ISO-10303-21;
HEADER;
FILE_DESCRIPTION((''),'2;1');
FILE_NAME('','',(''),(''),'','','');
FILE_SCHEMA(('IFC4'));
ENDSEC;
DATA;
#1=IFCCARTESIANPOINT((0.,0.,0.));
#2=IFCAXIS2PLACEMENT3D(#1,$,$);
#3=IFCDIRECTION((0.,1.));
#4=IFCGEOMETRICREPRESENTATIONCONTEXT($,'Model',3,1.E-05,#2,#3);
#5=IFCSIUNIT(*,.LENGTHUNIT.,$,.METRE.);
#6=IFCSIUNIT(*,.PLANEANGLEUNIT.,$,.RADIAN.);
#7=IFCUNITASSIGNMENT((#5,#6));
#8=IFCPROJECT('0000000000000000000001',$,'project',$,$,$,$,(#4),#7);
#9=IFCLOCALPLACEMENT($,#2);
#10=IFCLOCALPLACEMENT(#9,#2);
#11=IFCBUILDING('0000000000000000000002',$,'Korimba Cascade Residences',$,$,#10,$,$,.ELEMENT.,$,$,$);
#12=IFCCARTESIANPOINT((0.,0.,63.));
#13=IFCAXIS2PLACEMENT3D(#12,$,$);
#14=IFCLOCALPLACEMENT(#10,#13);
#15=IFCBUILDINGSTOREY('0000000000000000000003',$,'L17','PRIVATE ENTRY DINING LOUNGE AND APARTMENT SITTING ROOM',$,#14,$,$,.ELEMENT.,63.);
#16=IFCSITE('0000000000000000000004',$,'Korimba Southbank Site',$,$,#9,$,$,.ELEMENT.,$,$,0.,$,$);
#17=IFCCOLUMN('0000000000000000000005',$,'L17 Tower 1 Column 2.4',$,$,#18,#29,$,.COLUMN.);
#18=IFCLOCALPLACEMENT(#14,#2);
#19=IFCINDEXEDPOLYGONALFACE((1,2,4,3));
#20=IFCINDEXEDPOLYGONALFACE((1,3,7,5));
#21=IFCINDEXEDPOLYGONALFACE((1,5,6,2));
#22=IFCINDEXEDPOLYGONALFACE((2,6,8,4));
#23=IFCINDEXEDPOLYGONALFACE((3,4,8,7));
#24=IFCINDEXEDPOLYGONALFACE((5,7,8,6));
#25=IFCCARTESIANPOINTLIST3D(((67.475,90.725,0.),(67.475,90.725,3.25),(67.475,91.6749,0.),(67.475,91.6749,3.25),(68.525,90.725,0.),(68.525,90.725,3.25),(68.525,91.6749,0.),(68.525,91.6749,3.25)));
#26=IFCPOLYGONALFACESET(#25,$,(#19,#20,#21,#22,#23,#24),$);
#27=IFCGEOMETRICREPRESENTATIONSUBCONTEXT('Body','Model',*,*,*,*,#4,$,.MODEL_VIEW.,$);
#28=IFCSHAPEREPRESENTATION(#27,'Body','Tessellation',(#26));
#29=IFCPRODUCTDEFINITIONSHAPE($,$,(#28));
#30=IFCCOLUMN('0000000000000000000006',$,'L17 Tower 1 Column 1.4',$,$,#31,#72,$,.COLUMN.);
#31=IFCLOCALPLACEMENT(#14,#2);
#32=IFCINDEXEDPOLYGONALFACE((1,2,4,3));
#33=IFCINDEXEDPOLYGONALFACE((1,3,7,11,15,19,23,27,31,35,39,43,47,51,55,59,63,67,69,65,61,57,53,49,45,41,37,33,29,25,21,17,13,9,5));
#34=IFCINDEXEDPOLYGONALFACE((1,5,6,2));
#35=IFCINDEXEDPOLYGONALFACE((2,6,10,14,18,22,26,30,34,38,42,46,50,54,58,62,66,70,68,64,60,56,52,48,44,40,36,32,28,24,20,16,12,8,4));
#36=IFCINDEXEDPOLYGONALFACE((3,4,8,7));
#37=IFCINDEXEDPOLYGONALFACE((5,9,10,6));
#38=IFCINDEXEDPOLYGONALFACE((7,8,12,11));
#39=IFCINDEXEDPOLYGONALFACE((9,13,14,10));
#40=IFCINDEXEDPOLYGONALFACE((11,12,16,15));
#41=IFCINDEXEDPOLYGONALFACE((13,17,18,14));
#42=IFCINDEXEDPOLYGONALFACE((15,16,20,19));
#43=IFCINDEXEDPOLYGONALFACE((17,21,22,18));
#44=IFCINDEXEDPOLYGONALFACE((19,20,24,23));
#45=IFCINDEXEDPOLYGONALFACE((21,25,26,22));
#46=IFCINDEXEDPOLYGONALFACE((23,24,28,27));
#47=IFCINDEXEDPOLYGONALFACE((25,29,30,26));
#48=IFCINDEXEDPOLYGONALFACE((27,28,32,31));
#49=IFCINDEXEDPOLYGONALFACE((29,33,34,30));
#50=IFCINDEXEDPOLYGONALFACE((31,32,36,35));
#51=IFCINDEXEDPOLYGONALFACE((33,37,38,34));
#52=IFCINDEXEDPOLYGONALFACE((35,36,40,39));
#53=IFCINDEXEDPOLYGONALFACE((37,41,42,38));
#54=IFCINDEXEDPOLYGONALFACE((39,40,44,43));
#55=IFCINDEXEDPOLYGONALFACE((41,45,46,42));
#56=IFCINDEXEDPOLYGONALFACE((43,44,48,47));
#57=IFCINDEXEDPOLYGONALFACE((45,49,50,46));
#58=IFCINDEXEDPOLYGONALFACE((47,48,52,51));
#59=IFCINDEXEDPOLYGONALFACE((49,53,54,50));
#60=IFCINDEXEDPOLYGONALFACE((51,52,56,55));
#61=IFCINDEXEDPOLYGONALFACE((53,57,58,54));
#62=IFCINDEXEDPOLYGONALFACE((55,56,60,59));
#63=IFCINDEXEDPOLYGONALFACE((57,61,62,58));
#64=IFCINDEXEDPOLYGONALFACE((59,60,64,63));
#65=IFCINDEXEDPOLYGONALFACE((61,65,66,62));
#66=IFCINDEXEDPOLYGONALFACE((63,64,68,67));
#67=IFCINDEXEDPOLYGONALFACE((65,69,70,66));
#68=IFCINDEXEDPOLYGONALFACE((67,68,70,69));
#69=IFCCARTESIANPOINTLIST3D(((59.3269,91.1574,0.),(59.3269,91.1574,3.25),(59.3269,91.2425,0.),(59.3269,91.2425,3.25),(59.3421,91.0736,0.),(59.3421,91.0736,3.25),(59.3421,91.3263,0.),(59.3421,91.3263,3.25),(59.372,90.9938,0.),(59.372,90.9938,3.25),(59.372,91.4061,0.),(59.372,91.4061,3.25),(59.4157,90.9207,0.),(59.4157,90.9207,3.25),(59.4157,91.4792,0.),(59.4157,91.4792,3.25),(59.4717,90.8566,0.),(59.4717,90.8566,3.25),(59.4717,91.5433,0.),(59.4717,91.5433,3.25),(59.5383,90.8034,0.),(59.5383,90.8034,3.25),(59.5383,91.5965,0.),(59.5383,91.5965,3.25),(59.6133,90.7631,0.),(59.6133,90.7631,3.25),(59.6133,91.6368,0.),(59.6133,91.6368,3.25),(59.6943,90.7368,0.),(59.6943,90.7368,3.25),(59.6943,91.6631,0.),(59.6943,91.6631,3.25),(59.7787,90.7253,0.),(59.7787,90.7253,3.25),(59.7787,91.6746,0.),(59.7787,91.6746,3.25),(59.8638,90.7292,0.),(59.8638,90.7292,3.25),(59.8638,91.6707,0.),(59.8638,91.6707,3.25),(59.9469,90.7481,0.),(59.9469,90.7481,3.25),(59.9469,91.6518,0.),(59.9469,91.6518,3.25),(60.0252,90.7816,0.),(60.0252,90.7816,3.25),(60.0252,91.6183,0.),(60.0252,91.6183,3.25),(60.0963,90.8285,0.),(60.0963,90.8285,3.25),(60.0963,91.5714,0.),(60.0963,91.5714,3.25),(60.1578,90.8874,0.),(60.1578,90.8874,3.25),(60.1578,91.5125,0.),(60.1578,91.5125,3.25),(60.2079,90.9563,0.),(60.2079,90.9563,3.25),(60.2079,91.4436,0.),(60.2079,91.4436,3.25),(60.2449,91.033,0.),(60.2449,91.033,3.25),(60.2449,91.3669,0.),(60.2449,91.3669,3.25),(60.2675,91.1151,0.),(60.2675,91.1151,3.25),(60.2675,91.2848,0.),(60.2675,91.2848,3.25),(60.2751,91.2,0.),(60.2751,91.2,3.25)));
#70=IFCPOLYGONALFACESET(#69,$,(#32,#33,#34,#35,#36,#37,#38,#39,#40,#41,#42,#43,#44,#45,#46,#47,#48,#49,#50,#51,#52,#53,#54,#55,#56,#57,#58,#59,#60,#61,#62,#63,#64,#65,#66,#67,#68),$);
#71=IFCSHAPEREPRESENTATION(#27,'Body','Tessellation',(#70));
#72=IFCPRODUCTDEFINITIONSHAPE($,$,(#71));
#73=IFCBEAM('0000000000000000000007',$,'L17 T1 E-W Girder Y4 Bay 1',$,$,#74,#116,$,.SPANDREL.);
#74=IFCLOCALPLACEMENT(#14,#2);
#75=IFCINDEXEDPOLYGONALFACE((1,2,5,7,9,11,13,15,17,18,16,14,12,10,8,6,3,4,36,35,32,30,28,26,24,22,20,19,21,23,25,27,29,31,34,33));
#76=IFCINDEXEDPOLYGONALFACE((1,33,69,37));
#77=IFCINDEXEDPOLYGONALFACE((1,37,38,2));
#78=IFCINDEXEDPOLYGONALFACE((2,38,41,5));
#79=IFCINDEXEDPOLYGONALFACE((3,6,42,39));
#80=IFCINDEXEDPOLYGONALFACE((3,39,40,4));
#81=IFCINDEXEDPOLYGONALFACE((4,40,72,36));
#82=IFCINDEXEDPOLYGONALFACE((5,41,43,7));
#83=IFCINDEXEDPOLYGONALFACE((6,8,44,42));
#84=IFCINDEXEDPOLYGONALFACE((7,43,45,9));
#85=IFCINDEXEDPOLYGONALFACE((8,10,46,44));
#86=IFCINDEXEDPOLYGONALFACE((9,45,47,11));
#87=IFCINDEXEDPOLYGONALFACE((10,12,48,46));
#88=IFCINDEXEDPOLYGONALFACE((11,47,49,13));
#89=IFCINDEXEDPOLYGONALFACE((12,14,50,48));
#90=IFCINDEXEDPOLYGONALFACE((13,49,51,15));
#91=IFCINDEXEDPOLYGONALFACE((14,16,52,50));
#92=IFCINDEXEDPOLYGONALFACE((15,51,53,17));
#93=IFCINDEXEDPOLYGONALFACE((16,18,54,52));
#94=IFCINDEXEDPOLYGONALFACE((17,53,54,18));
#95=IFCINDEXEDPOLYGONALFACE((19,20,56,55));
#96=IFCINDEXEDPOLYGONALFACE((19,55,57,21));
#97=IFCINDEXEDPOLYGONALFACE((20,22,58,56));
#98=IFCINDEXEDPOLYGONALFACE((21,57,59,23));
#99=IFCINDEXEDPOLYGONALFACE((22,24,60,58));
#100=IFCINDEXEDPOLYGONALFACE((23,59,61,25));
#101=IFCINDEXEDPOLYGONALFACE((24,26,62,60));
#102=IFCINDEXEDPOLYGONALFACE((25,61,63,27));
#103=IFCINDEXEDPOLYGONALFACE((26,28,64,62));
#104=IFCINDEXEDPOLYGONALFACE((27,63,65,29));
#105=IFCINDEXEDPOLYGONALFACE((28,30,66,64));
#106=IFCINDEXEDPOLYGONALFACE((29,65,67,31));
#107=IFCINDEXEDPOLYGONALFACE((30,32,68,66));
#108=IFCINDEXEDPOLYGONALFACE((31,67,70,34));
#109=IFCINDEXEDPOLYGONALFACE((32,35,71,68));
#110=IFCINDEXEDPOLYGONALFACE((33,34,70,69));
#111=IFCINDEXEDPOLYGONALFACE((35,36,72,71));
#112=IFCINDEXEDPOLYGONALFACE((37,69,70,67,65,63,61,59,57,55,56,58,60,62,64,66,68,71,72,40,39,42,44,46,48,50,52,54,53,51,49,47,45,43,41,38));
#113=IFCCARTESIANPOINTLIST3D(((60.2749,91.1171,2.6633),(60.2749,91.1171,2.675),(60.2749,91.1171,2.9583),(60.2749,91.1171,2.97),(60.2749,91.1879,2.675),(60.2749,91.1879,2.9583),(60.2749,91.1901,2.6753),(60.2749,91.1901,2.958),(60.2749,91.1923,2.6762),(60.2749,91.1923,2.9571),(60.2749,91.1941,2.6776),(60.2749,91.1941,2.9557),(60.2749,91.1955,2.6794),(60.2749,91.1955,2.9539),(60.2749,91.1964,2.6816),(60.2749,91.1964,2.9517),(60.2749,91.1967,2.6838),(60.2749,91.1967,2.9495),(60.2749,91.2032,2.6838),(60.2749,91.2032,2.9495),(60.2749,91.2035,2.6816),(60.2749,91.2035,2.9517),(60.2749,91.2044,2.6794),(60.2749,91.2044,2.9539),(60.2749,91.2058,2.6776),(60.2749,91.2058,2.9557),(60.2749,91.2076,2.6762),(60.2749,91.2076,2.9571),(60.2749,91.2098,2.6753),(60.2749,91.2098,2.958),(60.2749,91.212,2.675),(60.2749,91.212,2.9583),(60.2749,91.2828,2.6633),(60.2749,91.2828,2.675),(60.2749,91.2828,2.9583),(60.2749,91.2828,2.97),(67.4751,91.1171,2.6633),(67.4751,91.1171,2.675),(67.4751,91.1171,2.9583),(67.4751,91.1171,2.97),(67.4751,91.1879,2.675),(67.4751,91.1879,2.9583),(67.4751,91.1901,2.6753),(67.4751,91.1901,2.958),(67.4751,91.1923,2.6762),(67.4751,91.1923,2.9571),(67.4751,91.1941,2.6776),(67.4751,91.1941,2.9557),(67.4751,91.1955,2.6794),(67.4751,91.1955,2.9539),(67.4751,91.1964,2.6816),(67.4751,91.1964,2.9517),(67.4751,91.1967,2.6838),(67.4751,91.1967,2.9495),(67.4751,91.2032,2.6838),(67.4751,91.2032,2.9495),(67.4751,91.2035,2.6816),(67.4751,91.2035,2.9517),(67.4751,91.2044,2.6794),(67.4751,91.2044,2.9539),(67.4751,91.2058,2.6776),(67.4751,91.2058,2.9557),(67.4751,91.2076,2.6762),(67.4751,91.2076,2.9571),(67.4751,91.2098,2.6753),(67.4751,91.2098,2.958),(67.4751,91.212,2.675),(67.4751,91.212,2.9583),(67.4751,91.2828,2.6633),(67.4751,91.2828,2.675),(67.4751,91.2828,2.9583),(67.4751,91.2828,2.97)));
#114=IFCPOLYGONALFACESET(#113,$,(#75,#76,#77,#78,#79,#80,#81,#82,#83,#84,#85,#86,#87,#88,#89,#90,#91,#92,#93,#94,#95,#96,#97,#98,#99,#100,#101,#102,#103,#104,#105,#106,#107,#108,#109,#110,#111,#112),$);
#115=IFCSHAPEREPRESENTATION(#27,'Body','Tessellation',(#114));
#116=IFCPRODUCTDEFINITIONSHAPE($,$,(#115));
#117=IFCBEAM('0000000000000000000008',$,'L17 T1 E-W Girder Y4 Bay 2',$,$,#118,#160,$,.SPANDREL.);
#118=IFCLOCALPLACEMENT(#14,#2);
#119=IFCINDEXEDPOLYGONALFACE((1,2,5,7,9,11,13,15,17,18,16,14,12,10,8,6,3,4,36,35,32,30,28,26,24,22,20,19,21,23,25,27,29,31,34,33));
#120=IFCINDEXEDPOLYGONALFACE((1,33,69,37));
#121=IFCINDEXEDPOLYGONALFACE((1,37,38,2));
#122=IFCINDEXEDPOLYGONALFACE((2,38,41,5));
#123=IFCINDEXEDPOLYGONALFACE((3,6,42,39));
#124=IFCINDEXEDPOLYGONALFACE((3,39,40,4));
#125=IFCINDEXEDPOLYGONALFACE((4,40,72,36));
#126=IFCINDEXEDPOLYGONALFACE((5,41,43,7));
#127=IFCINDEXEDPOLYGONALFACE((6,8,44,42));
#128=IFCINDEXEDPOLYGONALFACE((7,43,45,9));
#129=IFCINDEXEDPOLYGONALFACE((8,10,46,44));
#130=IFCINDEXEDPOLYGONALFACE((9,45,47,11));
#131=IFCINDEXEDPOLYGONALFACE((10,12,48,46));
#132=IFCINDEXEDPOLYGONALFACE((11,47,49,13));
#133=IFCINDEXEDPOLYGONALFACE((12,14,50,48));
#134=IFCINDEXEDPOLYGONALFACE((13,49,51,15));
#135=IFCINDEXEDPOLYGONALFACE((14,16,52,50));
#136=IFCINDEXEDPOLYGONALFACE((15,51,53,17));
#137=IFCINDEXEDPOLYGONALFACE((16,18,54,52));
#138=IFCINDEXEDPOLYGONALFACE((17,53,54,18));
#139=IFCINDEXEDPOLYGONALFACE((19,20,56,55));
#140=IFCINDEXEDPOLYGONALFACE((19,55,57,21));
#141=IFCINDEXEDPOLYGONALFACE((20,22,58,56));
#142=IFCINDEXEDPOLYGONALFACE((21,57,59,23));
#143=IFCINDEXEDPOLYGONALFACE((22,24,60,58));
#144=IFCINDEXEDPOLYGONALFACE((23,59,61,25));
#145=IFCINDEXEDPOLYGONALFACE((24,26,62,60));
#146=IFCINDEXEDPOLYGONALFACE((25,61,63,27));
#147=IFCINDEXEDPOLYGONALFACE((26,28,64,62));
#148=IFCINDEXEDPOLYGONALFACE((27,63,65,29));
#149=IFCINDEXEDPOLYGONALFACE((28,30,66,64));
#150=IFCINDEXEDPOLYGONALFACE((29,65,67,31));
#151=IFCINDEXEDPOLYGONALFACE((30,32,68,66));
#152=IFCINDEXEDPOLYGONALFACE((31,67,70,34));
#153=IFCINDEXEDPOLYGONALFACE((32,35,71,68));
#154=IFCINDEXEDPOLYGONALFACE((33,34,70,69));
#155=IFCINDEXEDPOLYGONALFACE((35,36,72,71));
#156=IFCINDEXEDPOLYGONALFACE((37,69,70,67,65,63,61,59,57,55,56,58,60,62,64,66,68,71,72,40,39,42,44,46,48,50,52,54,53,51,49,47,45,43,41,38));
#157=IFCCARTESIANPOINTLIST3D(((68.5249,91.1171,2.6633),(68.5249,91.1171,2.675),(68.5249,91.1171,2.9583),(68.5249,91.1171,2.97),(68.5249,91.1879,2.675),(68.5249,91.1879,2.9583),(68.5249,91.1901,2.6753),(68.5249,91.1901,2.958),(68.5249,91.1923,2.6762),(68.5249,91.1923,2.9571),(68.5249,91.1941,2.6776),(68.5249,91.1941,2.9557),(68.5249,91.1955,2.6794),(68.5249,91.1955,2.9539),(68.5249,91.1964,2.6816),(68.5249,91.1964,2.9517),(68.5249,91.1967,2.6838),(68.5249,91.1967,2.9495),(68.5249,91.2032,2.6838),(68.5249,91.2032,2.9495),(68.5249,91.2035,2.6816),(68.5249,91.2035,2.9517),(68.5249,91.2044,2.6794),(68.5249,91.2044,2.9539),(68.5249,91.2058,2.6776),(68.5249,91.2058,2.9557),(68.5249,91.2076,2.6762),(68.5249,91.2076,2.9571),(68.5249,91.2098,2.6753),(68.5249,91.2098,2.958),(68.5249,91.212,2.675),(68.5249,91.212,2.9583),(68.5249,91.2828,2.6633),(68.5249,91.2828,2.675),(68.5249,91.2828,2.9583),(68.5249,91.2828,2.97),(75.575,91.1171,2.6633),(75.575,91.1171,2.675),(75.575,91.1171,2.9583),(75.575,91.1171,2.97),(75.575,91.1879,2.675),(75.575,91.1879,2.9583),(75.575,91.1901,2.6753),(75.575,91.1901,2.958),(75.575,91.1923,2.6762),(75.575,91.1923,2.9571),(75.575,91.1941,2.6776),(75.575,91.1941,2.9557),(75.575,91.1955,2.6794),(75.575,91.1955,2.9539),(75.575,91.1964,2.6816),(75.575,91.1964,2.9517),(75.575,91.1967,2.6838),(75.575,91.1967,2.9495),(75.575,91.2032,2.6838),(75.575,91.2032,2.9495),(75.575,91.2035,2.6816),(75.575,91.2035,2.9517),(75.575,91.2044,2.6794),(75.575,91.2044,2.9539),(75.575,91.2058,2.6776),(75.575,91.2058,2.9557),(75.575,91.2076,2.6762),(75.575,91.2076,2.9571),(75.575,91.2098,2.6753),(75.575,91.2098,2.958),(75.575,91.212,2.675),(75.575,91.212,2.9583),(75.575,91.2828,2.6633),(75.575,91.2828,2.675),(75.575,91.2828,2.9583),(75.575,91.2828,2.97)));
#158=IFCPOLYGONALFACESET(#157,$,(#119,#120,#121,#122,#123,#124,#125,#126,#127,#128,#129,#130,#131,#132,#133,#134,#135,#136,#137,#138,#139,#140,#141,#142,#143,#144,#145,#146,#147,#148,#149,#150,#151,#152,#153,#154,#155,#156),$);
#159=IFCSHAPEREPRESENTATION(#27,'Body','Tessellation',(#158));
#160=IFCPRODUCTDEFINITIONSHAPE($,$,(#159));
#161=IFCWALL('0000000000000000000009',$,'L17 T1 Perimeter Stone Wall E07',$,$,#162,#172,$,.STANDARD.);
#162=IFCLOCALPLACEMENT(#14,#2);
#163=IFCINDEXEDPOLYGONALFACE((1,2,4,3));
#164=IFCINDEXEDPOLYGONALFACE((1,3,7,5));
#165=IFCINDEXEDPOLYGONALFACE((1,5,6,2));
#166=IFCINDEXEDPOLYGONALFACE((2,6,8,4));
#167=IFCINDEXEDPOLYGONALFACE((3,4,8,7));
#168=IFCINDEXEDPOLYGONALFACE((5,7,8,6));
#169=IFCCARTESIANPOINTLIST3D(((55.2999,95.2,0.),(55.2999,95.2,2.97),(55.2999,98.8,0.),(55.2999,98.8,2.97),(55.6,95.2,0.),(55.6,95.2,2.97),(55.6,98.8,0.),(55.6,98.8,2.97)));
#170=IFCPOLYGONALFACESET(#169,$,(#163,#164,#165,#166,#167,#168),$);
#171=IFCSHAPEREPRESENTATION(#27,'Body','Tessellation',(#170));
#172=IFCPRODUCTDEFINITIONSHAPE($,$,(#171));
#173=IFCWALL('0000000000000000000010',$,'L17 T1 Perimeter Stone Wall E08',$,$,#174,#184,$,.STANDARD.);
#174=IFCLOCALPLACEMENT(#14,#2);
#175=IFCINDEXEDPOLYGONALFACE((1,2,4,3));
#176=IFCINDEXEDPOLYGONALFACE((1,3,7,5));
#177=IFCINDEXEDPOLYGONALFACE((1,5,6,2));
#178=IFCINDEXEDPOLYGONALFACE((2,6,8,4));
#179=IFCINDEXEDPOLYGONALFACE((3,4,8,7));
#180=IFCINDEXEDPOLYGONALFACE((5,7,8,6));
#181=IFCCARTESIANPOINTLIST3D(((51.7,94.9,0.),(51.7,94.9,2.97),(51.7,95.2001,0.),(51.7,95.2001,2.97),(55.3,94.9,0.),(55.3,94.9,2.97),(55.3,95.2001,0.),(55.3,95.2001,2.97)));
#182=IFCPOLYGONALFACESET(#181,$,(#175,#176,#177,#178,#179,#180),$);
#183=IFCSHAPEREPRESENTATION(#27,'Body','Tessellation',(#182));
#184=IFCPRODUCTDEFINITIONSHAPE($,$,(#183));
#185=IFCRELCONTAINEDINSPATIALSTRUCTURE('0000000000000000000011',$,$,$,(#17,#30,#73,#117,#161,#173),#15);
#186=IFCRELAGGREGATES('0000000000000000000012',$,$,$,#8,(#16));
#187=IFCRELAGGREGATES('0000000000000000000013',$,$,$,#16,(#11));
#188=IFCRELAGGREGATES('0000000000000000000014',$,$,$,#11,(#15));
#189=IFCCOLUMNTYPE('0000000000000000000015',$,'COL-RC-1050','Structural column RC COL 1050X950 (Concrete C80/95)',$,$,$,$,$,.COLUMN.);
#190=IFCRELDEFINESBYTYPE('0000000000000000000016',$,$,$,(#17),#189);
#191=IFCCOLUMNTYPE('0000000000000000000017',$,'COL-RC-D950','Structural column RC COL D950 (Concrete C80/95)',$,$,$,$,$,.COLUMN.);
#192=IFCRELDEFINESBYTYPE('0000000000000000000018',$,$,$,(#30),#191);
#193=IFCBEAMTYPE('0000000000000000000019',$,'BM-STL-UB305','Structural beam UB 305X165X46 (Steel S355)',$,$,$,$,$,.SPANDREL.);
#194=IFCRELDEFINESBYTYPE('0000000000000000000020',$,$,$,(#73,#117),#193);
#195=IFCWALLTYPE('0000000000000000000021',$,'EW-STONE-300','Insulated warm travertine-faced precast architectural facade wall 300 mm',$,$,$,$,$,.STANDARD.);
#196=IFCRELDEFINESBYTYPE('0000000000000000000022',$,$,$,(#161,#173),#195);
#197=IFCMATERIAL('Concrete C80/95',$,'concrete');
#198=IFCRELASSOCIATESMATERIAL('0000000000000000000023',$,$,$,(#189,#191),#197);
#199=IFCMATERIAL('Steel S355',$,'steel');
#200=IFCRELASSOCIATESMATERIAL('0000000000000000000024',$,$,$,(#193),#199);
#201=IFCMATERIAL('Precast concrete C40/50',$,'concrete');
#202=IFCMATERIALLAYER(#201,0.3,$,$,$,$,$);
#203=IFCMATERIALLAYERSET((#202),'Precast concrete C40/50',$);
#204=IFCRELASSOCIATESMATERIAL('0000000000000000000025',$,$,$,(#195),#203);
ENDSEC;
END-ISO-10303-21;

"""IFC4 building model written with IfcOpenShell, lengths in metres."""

from ifc_helpers import new_model, si_unit, direction, frame, frame_2d, origin, origin_2d, place, context, subcontext, project, spatial, rectangle, circle, i_section, extrude, material, layer, layer_set, material_profile, profile_set, type_object, element, save


model = new_model("IFC4")

# Units and contexts
model_context = context("Model", 3, precision=1e-05, world=origin(), true_north=direction((0.0, 1.0)))
body_context = subcontext(model_context, "Body", "Model", "MODEL_VIEW")
ifc_project = project(units=[si_unit("LENGTHUNIT", "METRE"), si_unit("PLANEANGLEUNIT", "RADIAN")], contexts=[model_context])

# Site, building, storey
site_placement = place(None, origin())
site = spatial("IfcSite", under=ifc_project, at=site_placement, Name="Korimba Southbank Site", CompositionType="ELEMENT", RefElevation=0.0)
building_placement = place(site_placement, origin())
building = spatial("IfcBuilding", under=site, at=building_placement, Name="Korimba Cascade Residences", CompositionType="ELEMENT")
storey_placement = place(building_placement, frame((0.0, 0.0, 63.0)))
storey = spatial("IfcBuildingStorey", under=building, at=storey_placement, Name="L17", Description="PRIVATE ENTRY DINING LOUNGE AND APARTMENT SITTING ROOM", CompositionType="ELEMENT", Elevation=63.0)

# Columns
ifc_material_1 = material(Name="Concrete C80/95", Category="concrete")
ifc_material_profile_1 = material_profile(ifc_material_1, rectangle(XDim=1.05, YDim=0.95, at=origin_2d()), Name="Concrete C80/95")
ifc_profile_set_1 = profile_set([ifc_material_profile_1], Name="Concrete C80/95")
column_type_1 = type_object("IfcColumnType", Name="COL-RC-1050", Description="Structural column RC COL 1050X950 (Concrete C80/95)", PredefinedType="COLUMN", material=ifc_profile_set_1)
column_1_placement = place(storey_placement, frame((68.0, 91.2, 0.0), z_axis=(0.0, 0.0, 1.0), x_axis=(1.0, 0.0, 0.0)))
element("IfcColumn", 1, at=column_1_placement, inside=storey, type_object=column_type_1, Name="L17 Tower 1 Column 2.4", PredefinedType="COLUMN", context=body_context, shape_type="SweptSolid", body=[
    extrude(rectangle(XDim=1.05, YDim=0.95, at=origin_2d()), origin(), (0.0, 0.0, 1.0), 3.25),
])
ifc_material_profile_2 = material_profile(ifc_material_1, circle(Radius=0.4751, at=origin_2d()), Name="Concrete C80/95")
ifc_profile_set_2 = profile_set([ifc_material_profile_2], Name="Concrete C80/95")
column_type_2 = type_object("IfcColumnType", Name="COL-RC-D950", Description="Structural column RC COL D950 (Concrete C80/95)", PredefinedType="COLUMN", material=ifc_profile_set_2)
column_2_placement = place(storey_placement, frame((59.8, 91.2, 0.0), z_axis=(0.0, 0.0, 1.0), x_axis=(1.0, 0.0, 0.0)))
element("IfcColumn", 2, at=column_2_placement, inside=storey, type_object=column_type_2, Name="L17 Tower 1 Column 1.4", PredefinedType="COLUMN", context=body_context, shape_type="SweptSolid", body=[
    extrude(circle(Radius=0.4751, at=origin_2d()), origin(), (0.0, 0.0, 1.0), 3.25),
])

# Beams
ifc_material_2 = material(Name="Steel S355", Category="steel")
ifc_material_profile_3 = material_profile(ifc_material_2, i_section(OverallWidth=0.1658, OverallDepth=0.3066, WebThickness=0.0066, FlangeThickness=0.0117, FilletRadius=0.0088, at=origin_2d()), Name="Steel S355")
ifc_profile_set_3 = profile_set([ifc_material_profile_3], Name="Steel S355")
beam_type = type_object("IfcBeamType", Name="BM-STL-UB305", Description="Structural beam UB 305X165X46 (Steel S355)", PredefinedType="SPANDREL", material=ifc_profile_set_3)
beam_1_placement = place(storey_placement, frame((60.2749, 91.2, 2.8167), z_axis=(1.0, 0.0, 0.0), x_axis=(0.0, 1.0, 0.0)))
element("IfcBeam", 3, at=beam_1_placement, inside=storey, type_object=beam_type, Name="L17 T1 E-W Girder Y4 Bay 1", PredefinedType="SPANDREL", context=body_context, shape_type="SweptSolid", body=[
    extrude(i_section(OverallWidth=0.1658, OverallDepth=0.3066, WebThickness=0.0066, FlangeThickness=0.0117, FilletRadius=0.0088, at=origin_2d()), origin(), (0.0, 0.0, 1.0), 7.2002),
])
beam_2_placement = place(storey_placement, frame((68.5249, 91.2, 2.8167), z_axis=(1.0, 0.0, 0.0), x_axis=(0.0, 1.0, 0.0)))
element("IfcBeam", 4, at=beam_2_placement, inside=storey, type_object=beam_type, Name="L17 T1 E-W Girder Y4 Bay 2", PredefinedType="SPANDREL", context=body_context, shape_type="SweptSolid", body=[
    extrude(i_section(OverallWidth=0.1658, OverallDepth=0.3066, WebThickness=0.0066, FlangeThickness=0.0117, FilletRadius=0.0088, at=origin_2d()), origin(), (0.0, 0.0, 1.0), 7.05),
])

# Walls
ifc_material_3 = material(Name="Precast concrete C40/50", Category="concrete")
ifc_layer_1 = layer(ifc_material_3, 0.3)
ifc_layer_set_1 = layer_set([ifc_layer_1], Name="Precast concrete C40/50")
wall_type_1 = type_object("IfcWallType", Name="EW-STONE-300", Description="Insulated warm travertine-faced precast architectural facade wall 300 mm", PredefinedType="STANDARD", material=ifc_layer_set_1)
for number, where, z_axis, x_axis, name in (
    (5, (55.45, 98.8, 0.0), (0.0, 0.0, 1.0), (0.0, -1.0, 0.0), "L17 T1 Perimeter Stone Wall E07"),
    (6, (55.3, 95.05, 0.0), (0.0, 0.0, 1.0), (-1.0, 0.0, 0.0), "L17 T1 Perimeter Stone Wall E08"),
):
    element("IfcWall", number, at=place(storey_placement, frame(where, z_axis=z_axis, x_axis=x_axis)), inside=storey, type_object=wall_type_1, Name=name, PredefinedType="STANDARD", context=body_context, shape_type="SweptSolid", body=[
        extrude(rectangle(XDim=3.6001, YDim=0.3, at=frame_2d((1.8, 0.0))), origin(), (0.0, 0.0, 1.0), 2.97),
    ])

save(model, "model.ifc")
